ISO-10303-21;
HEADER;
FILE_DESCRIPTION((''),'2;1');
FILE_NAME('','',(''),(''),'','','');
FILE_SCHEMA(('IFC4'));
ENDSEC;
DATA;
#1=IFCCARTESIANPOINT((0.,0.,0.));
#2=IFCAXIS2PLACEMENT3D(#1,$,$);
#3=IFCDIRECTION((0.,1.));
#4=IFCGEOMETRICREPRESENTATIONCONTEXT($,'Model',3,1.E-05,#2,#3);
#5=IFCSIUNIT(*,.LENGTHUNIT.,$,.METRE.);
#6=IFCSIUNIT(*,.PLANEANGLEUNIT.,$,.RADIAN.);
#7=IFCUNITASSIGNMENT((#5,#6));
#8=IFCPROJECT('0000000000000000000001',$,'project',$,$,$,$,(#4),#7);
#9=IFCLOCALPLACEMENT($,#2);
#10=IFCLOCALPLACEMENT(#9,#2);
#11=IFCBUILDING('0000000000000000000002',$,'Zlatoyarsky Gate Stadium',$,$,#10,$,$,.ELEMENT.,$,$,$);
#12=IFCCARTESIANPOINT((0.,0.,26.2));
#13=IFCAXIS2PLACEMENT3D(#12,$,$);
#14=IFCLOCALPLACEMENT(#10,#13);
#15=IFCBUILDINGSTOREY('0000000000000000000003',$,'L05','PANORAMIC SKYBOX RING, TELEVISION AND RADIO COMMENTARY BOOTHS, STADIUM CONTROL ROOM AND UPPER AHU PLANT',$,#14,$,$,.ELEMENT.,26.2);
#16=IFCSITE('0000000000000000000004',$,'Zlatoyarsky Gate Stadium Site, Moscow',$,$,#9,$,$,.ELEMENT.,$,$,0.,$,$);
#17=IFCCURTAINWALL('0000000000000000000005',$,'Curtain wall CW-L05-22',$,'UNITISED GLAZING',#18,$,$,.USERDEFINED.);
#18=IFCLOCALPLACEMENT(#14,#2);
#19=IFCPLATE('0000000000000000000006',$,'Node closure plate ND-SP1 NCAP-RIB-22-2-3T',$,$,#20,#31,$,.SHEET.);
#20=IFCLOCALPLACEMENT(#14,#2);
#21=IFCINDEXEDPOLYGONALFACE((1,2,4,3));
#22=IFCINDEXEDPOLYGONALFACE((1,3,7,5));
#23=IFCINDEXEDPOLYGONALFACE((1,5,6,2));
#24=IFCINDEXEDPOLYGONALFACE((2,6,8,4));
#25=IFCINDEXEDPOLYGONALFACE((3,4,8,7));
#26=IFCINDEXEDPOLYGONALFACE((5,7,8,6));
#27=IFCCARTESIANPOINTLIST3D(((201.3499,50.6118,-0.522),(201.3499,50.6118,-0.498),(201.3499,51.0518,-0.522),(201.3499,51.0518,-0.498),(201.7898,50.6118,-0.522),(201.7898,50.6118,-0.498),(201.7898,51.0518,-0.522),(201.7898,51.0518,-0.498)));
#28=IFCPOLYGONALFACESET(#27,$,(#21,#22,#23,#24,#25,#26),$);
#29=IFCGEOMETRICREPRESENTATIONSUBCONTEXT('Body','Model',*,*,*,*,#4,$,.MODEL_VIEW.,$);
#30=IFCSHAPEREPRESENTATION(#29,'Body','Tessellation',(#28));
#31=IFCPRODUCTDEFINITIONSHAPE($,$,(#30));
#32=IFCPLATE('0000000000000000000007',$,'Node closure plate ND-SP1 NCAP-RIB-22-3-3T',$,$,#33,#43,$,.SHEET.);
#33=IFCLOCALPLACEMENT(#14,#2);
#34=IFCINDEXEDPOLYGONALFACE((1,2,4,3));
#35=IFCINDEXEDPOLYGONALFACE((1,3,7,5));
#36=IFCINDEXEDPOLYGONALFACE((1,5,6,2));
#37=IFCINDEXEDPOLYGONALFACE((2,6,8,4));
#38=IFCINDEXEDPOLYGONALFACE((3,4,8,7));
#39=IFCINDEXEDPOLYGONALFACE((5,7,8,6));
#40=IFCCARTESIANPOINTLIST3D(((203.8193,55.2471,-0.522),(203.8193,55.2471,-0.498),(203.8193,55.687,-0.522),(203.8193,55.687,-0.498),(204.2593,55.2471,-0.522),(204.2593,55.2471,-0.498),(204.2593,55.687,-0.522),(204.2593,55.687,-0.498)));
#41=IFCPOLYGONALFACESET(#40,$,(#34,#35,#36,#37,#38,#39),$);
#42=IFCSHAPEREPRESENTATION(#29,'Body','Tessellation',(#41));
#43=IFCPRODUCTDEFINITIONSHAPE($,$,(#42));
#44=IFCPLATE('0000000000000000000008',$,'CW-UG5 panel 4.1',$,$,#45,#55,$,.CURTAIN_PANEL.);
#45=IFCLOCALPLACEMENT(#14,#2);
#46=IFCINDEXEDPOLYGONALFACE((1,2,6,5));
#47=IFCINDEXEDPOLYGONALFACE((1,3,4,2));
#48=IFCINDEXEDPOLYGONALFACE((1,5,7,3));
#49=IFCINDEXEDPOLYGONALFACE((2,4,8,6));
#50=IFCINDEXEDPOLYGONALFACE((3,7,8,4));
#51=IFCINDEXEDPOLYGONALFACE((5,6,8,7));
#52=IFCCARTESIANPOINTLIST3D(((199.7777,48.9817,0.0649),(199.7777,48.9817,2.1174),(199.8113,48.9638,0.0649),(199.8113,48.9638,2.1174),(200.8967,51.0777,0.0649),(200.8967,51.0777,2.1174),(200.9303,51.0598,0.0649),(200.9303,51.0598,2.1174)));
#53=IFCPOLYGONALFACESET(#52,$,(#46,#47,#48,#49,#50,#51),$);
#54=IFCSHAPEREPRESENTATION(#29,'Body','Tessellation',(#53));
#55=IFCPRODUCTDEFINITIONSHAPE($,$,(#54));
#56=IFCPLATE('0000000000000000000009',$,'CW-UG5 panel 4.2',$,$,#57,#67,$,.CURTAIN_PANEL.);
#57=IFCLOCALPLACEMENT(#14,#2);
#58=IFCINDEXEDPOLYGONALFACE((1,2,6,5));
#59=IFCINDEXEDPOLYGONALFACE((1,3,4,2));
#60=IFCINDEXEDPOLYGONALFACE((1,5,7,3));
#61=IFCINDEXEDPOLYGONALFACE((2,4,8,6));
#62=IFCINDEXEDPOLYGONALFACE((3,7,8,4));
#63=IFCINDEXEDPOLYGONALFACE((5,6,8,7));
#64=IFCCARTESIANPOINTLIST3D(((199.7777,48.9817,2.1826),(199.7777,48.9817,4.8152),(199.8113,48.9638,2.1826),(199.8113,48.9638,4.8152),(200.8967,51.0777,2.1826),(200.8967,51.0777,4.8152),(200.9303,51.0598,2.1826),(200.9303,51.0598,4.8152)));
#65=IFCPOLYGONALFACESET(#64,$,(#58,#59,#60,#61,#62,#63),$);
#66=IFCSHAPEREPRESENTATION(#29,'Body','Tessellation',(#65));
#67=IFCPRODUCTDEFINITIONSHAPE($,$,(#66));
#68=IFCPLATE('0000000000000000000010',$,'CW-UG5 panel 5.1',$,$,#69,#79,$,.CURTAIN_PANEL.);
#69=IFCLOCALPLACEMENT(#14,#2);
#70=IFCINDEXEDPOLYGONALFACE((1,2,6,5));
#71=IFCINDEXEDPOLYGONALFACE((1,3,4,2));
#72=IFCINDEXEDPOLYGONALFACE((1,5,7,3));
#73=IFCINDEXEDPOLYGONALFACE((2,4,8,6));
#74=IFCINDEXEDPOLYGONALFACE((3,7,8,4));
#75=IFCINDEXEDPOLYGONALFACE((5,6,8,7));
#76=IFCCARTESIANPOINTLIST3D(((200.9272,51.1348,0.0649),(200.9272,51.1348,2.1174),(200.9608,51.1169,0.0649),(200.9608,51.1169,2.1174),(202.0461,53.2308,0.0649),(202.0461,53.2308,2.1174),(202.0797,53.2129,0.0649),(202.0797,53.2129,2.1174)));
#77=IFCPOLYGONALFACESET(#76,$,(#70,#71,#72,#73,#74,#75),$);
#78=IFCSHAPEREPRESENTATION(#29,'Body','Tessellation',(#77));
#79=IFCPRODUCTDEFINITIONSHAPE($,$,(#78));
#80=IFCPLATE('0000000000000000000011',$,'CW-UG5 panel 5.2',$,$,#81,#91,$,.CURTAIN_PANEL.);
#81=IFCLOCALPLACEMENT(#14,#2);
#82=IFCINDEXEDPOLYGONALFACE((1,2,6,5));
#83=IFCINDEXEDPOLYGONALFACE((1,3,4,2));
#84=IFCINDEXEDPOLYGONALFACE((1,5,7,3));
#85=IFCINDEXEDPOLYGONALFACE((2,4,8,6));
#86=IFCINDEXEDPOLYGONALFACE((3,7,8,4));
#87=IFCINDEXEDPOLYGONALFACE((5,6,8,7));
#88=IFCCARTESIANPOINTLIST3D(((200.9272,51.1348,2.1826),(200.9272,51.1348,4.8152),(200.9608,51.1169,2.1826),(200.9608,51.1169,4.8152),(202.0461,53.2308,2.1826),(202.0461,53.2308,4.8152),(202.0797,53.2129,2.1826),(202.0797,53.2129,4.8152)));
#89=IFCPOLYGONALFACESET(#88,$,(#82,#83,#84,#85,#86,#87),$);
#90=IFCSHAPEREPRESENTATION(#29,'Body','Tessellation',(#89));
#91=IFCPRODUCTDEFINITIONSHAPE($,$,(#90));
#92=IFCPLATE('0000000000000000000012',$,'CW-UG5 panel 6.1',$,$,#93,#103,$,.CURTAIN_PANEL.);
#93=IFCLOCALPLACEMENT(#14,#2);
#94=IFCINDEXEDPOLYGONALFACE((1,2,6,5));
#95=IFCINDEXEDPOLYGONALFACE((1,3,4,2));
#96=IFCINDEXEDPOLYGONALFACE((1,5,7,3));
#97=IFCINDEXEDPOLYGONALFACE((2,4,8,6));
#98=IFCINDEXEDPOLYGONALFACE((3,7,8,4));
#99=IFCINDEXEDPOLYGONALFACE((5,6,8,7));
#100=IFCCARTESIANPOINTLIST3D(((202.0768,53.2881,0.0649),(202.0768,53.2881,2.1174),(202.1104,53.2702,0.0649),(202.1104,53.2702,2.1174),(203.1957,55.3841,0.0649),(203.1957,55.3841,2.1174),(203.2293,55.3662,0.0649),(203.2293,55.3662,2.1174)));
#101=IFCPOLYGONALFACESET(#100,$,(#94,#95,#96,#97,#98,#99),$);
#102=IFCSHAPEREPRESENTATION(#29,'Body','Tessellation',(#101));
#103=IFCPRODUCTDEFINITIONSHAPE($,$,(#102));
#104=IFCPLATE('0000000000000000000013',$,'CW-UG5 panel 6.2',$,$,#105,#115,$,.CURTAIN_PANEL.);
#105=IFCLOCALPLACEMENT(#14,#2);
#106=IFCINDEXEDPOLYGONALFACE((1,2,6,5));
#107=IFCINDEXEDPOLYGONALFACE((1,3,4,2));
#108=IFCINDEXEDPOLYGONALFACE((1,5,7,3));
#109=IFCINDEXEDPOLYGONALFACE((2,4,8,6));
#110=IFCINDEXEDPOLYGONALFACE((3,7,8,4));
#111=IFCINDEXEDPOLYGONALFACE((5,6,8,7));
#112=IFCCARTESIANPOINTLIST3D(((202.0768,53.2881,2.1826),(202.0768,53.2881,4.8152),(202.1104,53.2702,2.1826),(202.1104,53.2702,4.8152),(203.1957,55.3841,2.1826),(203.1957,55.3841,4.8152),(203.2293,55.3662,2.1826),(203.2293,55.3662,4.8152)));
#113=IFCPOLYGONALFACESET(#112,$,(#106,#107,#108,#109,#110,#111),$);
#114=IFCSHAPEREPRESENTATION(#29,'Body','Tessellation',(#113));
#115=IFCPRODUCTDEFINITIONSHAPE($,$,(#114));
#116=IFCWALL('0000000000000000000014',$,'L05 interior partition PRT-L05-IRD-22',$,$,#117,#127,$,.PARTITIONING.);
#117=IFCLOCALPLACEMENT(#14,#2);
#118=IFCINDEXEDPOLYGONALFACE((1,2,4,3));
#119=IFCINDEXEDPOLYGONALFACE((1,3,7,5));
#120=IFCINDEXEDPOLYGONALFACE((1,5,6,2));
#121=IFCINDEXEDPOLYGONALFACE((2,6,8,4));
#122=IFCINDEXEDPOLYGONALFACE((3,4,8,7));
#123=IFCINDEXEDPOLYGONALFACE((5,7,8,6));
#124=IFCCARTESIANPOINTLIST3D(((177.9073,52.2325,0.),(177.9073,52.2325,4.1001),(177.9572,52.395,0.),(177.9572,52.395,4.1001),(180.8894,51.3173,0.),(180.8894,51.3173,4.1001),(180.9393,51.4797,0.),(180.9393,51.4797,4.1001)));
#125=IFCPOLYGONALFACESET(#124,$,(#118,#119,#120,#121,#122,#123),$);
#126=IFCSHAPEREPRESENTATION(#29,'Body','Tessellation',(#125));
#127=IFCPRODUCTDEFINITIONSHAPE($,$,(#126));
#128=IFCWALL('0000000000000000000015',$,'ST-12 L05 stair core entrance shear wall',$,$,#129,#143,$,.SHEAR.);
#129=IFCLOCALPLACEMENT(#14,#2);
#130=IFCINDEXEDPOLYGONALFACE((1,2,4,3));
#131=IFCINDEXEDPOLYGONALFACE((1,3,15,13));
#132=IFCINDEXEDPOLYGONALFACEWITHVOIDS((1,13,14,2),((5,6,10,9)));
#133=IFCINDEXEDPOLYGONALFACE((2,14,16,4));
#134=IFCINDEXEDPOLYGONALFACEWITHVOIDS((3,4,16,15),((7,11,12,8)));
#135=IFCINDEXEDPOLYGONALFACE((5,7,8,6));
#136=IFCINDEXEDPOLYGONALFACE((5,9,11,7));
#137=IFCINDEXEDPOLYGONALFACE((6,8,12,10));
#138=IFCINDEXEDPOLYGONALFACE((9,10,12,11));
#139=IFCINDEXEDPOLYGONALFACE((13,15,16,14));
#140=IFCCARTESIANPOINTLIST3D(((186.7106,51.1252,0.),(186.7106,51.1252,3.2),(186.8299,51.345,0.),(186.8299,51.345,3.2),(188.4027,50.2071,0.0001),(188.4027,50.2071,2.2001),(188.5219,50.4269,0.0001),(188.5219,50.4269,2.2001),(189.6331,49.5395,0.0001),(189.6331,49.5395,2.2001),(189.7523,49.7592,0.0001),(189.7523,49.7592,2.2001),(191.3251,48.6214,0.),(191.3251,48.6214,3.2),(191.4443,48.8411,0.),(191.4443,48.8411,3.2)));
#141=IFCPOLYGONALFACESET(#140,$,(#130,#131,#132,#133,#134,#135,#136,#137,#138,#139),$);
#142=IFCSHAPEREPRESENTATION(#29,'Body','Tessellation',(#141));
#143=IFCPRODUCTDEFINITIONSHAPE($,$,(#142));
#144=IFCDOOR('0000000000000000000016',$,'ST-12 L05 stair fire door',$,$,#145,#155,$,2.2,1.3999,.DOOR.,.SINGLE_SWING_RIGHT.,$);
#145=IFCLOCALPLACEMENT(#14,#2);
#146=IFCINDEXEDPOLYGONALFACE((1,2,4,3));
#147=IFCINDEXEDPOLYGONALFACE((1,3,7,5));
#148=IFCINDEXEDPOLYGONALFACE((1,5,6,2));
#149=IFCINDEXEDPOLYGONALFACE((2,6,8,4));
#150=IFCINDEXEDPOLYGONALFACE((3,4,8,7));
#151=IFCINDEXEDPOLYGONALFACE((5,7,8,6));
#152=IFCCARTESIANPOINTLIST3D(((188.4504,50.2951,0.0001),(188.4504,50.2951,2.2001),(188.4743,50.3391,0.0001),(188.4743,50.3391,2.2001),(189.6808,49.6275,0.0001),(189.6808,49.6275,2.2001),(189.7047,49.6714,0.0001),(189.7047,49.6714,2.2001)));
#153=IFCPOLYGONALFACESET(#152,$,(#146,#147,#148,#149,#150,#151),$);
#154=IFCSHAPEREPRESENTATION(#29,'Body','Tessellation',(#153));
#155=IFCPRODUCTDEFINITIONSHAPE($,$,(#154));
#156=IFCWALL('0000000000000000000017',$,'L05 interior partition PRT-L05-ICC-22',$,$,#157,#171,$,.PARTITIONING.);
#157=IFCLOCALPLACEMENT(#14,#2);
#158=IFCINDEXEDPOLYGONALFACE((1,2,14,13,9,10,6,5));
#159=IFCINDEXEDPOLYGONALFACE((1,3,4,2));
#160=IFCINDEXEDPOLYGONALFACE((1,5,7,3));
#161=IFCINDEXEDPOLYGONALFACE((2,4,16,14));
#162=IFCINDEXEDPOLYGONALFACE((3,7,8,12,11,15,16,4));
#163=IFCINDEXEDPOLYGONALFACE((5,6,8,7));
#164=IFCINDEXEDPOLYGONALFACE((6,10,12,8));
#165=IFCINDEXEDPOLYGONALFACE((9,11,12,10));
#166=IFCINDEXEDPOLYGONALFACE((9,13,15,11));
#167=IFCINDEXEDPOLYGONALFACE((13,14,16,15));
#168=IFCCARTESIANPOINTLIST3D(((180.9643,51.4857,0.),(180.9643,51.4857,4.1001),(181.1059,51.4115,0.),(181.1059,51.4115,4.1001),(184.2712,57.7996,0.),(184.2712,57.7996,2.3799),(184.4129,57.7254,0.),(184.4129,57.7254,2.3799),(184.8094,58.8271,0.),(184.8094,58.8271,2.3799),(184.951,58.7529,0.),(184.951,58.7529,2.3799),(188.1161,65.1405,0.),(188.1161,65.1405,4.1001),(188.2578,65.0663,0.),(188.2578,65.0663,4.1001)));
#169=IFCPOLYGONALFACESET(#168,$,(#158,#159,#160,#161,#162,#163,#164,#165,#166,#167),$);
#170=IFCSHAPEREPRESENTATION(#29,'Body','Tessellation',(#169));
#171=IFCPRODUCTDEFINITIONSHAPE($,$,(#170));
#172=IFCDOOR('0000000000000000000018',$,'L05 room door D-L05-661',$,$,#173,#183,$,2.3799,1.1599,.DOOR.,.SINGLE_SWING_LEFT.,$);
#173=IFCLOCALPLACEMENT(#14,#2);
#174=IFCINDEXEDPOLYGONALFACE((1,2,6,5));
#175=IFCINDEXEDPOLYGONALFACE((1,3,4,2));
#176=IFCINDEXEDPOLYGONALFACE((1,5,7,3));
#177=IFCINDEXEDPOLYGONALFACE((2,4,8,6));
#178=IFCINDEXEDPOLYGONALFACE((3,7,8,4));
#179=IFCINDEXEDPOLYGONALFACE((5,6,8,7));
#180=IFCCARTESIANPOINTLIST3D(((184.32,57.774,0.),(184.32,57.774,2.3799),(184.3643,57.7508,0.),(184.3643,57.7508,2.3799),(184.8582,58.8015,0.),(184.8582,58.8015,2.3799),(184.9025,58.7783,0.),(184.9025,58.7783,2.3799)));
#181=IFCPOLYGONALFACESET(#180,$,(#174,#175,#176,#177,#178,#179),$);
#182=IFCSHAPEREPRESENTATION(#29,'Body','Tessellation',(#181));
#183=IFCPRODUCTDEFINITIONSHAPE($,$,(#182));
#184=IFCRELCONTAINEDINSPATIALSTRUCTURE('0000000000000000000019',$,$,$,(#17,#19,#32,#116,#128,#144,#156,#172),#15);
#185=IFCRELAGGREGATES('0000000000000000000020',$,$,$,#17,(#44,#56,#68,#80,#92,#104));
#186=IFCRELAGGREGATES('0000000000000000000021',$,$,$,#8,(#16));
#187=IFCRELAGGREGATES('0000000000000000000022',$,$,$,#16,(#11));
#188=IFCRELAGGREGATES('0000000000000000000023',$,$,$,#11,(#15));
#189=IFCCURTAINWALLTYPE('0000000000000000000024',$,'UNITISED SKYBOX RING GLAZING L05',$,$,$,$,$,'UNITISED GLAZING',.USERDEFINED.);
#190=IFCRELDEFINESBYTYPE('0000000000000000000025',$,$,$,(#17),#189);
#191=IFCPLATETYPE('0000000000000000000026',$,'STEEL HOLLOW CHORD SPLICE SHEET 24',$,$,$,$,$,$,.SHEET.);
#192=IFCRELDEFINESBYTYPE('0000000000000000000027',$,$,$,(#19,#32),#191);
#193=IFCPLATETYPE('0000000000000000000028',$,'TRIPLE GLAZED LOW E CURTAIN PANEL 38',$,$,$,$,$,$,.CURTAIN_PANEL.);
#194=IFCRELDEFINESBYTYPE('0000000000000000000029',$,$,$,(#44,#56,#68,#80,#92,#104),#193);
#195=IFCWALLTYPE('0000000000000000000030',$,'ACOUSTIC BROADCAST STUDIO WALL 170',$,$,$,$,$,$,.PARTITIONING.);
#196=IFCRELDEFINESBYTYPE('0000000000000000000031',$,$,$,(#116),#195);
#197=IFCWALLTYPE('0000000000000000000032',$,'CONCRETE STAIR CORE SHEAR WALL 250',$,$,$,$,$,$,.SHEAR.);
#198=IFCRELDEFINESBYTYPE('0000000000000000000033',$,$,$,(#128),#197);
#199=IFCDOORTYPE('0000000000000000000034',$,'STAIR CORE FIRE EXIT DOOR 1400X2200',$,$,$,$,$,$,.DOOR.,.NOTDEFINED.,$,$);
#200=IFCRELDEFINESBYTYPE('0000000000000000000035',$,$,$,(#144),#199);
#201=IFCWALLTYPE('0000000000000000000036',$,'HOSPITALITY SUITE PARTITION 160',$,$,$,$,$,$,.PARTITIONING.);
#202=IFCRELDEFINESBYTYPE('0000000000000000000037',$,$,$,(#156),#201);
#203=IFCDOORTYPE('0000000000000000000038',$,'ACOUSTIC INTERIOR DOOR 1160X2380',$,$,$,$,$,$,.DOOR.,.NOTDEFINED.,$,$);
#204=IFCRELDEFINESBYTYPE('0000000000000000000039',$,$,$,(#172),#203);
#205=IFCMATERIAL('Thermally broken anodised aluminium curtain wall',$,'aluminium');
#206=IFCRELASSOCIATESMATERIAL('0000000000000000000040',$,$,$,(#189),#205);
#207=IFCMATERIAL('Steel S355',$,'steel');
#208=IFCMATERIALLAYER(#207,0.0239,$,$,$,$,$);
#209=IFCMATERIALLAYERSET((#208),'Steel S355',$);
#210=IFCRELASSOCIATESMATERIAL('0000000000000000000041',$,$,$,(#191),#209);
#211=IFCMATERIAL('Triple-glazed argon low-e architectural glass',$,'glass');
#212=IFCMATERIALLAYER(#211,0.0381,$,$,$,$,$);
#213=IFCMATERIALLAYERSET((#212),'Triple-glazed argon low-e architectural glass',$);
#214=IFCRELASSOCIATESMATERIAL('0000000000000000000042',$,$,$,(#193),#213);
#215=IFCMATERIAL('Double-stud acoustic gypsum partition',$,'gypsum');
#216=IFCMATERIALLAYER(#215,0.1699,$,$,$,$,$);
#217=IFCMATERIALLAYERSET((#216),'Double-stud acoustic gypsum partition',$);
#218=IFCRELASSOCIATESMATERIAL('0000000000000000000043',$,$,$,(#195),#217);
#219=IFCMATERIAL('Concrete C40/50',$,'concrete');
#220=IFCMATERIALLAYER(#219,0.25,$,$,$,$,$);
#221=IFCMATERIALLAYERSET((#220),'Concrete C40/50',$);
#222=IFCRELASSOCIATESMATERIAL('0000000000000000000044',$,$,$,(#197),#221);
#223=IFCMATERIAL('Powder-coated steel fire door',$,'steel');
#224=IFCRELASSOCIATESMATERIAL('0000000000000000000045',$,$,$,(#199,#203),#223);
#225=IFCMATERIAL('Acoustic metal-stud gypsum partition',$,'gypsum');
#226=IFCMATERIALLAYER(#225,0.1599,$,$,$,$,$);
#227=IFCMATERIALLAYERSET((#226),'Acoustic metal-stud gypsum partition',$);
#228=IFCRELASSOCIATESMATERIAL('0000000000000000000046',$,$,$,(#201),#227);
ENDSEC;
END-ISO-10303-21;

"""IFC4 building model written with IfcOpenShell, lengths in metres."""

from ifc_helpers import new_model, si_unit, direction, frame, frame_2d, origin, origin_2d, place, context, subcontext, project, spatial, rectangle, extrude, material, layer, layer_set, type_object, element, fill, aggregate, save


model = new_model("IFC4")

# Units and contexts
model_context = context("Model", 3, precision=1e-05, world=origin(), true_north=direction((0.0, 1.0)))
body_context = subcontext(model_context, "Body", "Model", "MODEL_VIEW")
ifc_project = project(units=[si_unit("LENGTHUNIT", "METRE"), si_unit("PLANEANGLEUNIT", "RADIAN")], contexts=[model_context])

# Site, building, storey
site_placement = place(None, origin())
site = spatial("IfcSite", under=ifc_project, at=site_placement, Name="Zlatoyarsky Gate Stadium Site, Moscow", CompositionType="ELEMENT", RefElevation=0.0)
building_placement = place(site_placement, origin())
building = spatial("IfcBuilding", under=site, at=building_placement, Name="Zlatoyarsky Gate Stadium", CompositionType="ELEMENT")
storey_placement = place(building_placement, frame((0.0, 0.0, 26.2)))
storey = spatial("IfcBuildingStorey", under=building, at=storey_placement, Name="L05", Description="PANORAMIC SKYBOX RING, TELEVISION AND RADIO COMMENTARY BOOTHS, STADIUM CONTROL ROOM AND UPPER AHU PLANT", CompositionType="ELEMENT", Elevation=26.2)

# Shared definitions
ifc_material_1 = material(Name="Steel S355", Category="steel")

# Curtain wall
ifc_material_2 = material(Name="Thermally broken anodised aluminium curtain wall", Category="aluminium")
curtain_wall_type = type_object("IfcCurtainWallType", Name="UNITISED SKYBOX RING GLAZING L05", ElementType="UNITISED GLAZING", PredefinedType="USERDEFINED", material=ifc_material_2)
curtain_wall_placement = place(storey_placement, origin())
curtain_wall = element("IfcCurtainWall", 1, at=curtain_wall_placement, inside=storey, type_object=curtain_wall_type, Name="Curtain wall CW-L05-22", ObjectType="UNITISED GLAZING", PredefinedType="USERDEFINED")

# Plates
ifc_layer_1 = layer(ifc_material_1, 0.0239)
ifc_layer_set_1 = layer_set([ifc_layer_1], Name="Steel S355")
plate_type_1 = type_object("IfcPlateType", Name="STEEL HOLLOW CHORD SPLICE SHEET 24", PredefinedType="SHEET", material=ifc_layer_set_1)
for number, where, z_axis, x_axis, name in (
    (2, (201.5698, 50.8318, -0.522), (0.0, 0.0, 1.0), (1.0, 0.0, 0.0), "Node closure plate ND-SP1 NCAP-RIB-22-2-3T"),
    (3, (204.0393, 55.467, -0.522), (0.0, 0.0, 1.0), (1.0, 0.0, 0.0), "Node closure plate ND-SP1 NCAP-RIB-22-3-3T"),
):
    element("IfcPlate", number, at=place(storey_placement, frame(where, z_axis=z_axis, x_axis=x_axis)), inside=storey, type_object=plate_type_1, Name=name, PredefinedType="SHEET", context=body_context, shape_type="SweptSolid", body=[
        extrude(rectangle(XDim=0.4399, YDim=0.4399, at=origin_2d()), origin(), (0.0, 0.0, 1.0), 0.0239),
    ])

# Plates
ifc_material_3 = material(Name="Triple-glazed argon low-e architectural glass", Category="glass")
ifc_layer_2 = layer(ifc_material_3, 0.0381)
ifc_layer_set_2 = layer_set([ifc_layer_2], Name="Triple-glazed argon low-e architectural glass")
plate_type_2 = type_object("IfcPlateType", Name="TRIPLE GLAZED LOW E CURTAIN PANEL 38", PredefinedType="CURTAIN_PANEL", material=ifc_layer_set_2)
plate_1_placement = place(storey_placement, frame((200.354, 50.0208, 0.0649), z_axis=(0.0, 0.0, 1.0), x_axis=(0.470935, 0.882168, 0.0)))
plate_1 = element("IfcPlate", 4, at=plate_1_placement, type_object=plate_type_2, Name="CW-UG5 panel 4.1", PredefinedType="CURTAIN_PANEL", context=body_context, shape_type="SweptSolid", body=[
    extrude(rectangle(XDim=2.376, YDim=0.0381, at=origin_2d()), origin(), (0.0, 0.0, 1.0), 2.0525),
])
plate_2_placement = place(storey_placement, frame((200.354, 50.0208, 2.1826), z_axis=(0.0, 0.0, 1.0), x_axis=(0.470935, 0.882168, 0.0)))
plate_2 = element("IfcPlate", 5, at=plate_2_placement, type_object=plate_type_2, Name="CW-UG5 panel 4.2", PredefinedType="CURTAIN_PANEL", context=body_context, shape_type="SweptSolid", body=[
    extrude(rectangle(XDim=2.376, YDim=0.0381, at=origin_2d()), origin(), (0.0, 0.0, 1.0), 2.6326),
])
plate_3_placement = place(storey_placement, frame((201.5034, 52.1738, 0.0649), z_axis=(0.0, 0.0, 1.0), x_axis=(0.470935, 0.882168, 0.0)))
plate_3 = element("IfcPlate", 6, at=plate_3_placement, type_object=plate_type_2, Name="CW-UG5 panel 5.1", PredefinedType="CURTAIN_PANEL", context=body_context, shape_type="SweptSolid", body=[
    extrude(rectangle(XDim=2.376, YDim=0.0381, at=origin_2d()), origin(), (0.0, 0.0, 1.0), 2.0525),
])
plate_4_placement = place(storey_placement, frame((201.5034, 52.1738, 2.1826), z_axis=(0.0, 0.0, 1.0), x_axis=(0.470935, 0.882168, 0.0)))
plate_4 = element("IfcPlate", 7, at=plate_4_placement, type_object=plate_type_2, Name="CW-UG5 panel 5.2", PredefinedType="CURTAIN_PANEL", context=body_context, shape_type="SweptSolid", body=[
    extrude(rectangle(XDim=2.376, YDim=0.0381, at=origin_2d()), origin(), (0.0, 0.0, 1.0), 2.6326),
])
plate_5_placement = place(storey_placement, frame((202.6531, 54.3271, 0.0649), z_axis=(0.0, 0.0, 1.0), x_axis=(0.470935, 0.882168, 0.0)))
plate_5 = element("IfcPlate", 8, at=plate_5_placement, type_object=plate_type_2, Name="CW-UG5 panel 6.1", PredefinedType="CURTAIN_PANEL", context=body_context, shape_type="SweptSolid", body=[
    extrude(rectangle(XDim=2.376, YDim=0.0381, at=origin_2d()), origin(), (0.0, 0.0, 1.0), 2.0525),
])
plate_6_placement = place(storey_placement, frame((202.6531, 54.3271, 2.1826), z_axis=(0.0, 0.0, 1.0), x_axis=(0.470935, 0.882168, 0.0)))
plate_6 = element("IfcPlate", 9, at=plate_6_placement, type_object=plate_type_2, Name="CW-UG5 panel 6.2", PredefinedType="CURTAIN_PANEL", context=body_context, shape_type="SweptSolid", body=[
    extrude(rectangle(XDim=2.376, YDim=0.0381, at=origin_2d()), origin(), (0.0, 0.0, 1.0), 2.6326),
])
aggregate(curtain_wall, [plate_1, plate_2, plate_3, plate_4, plate_5, plate_6])

# Wall
ifc_material_4 = material(Name="Double-stud acoustic gypsum partition", Category="gypsum")
ifc_layer_3 = layer(ifc_material_4, 0.1699)
ifc_layer_set_3 = layer_set([ifc_layer_3], Name="Double-stud acoustic gypsum partition")
wall_type_1 = type_object("IfcWallType", Name="ACOUSTIC BROADCAST STUDIO WALL 170", PredefinedType="PARTITIONING", material=ifc_layer_set_3)
wall_1_placement = place(storey_placement, frame((177.9324, 52.3137, 0.0), z_axis=(0.0, 0.0, 1.0), x_axis=(0.955987, -0.293409, 0.0)))
element("IfcWall", 10, at=wall_1_placement, inside=storey, type_object=wall_type_1, Name="L05 interior partition PRT-L05-IRD-22", PredefinedType="PARTITIONING", context=body_context, shape_type="SweptSolid", body=[
    extrude(rectangle(XDim=3.1194, YDim=0.1699, at=frame_2d((1.5596, 0.0))), origin(), (0.0, 0.0, 1.0), 4.1001),
])

# Walls, openings, doors
ifc_material_5 = material(Name="Concrete C40/50", Category="concrete")
ifc_layer_4 = layer(ifc_material_5, 0.25)
ifc_layer_set_4 = layer_set([ifc_layer_4], Name="Concrete C40/50")
wall_type_2 = type_object("IfcWallType", Name="CONCRETE STAIR CORE SHEAR WALL 250", PredefinedType="SHEAR", material=ifc_layer_set_4)
wall_2_placement = place(storey_placement, frame((186.7703, 51.2351, 0.0), z_axis=(0.0, 0.0, 1.0), x_axis=(0.878942, -0.476929, 0.0)))
wall_2 = element("IfcWall", 11, at=wall_2_placement, inside=storey, type_object=wall_type_2, Name="ST-12 L05 stair core entrance shear wall", PredefinedType="SHEAR", context=body_context, shape_type="SweptSolid", body=[
    extrude(rectangle(XDim=5.25, YDim=0.25, at=frame_2d((2.625, 0.0))), origin(), (0.0, 0.0, 1.0), 3.2),
])
opening_1_placement = place(wall_2_placement, frame((1.925, 0.0, 0.0)))
opening_1 = element("IfcOpeningElement", 12, at=opening_1_placement, cuts=wall_2, PredefinedType="OPENING", context=body_context, shape_type="SweptSolid", body=[
    extrude(rectangle(XDim=1.3999, YDim=2.2, at=frame_2d((0.7, 1.1001))), frame((0.0, 0.135, 0.0), z_axis=(0.0, -1.0, 0.0), x_axis=(1.0, 0.0, 0.0)), (0.0, 0.0, 1.0), 0.27),
])
ifc_material_6 = material(Name="Powder-coated steel fire door", Category="steel")
door_type_1 = type_object("IfcDoorType", Name="STAIR CORE FIRE EXIT DOOR 1400X2200", OperationType="NOTDEFINED", PredefinedType="DOOR", material=ifc_material_6)
door_1_placement = place(opening_1_placement, frame((1.3999, 0.0, 0.0), z_axis=(0.0, 0.0, 1.0), x_axis=(-1.0, 0.0, 0.0)))
door_1 = element("IfcDoor", 13, at=door_1_placement, inside=storey, type_object=door_type_1, Name="ST-12 L05 stair fire door", OperationType="SINGLE_SWING_RIGHT", OverallHeight=2.2, OverallWidth=1.3999, PredefinedType="DOOR", context=body_context, shape_type="SweptSolid", body=[
    extrude(rectangle(XDim=1.3999, YDim=2.2, at=frame_2d((0.7, 1.1001))), frame((0.0, 0.0249, 0.0), z_axis=(0.0, -1.0, 0.0), x_axis=(1.0, 0.0, 0.0)), (0.0, 0.0, 1.0), 0.05),
])
fill(opening_1, door_1)
ifc_material_7 = material(Name="Acoustic metal-stud gypsum partition", Category="gypsum")
ifc_layer_5 = layer(ifc_material_7, 0.1599)
ifc_layer_set_5 = layer_set([ifc_layer_5], Name="Acoustic metal-stud gypsum partition")
wall_type_3 = type_object("IfcWallType", Name="HOSPITALITY SUITE PARTITION 160", PredefinedType="PARTITIONING", material=ifc_layer_set_5)
wall_3_placement = place(storey_placement, frame((181.0352, 51.4487, 0.0), z_axis=(0.0, 0.0, 1.0), x_axis=(0.463974, 0.885849, 0.0)))
wall_3 = element("IfcWall", 14, at=wall_3_placement, inside=storey, type_object=wall_type_3, Name="L05 interior partition PRT-L05-ICC-22", PredefinedType="PARTITIONING", context=body_context, shape_type="SweptSolid", body=[
    extrude(rectangle(XDim=15.4143, YDim=0.1599, at=frame_2d((7.707, 0.0))), origin(), (0.0, 0.0, 1.0), 4.1001),
])
opening_2_placement = place(wall_3_placement, frame((7.1272, 0.0, 0.0)))
opening_2 = element("IfcOpeningElement", 15, at=opening_2_placement, cuts=wall_3, PredefinedType="OPENING", context=body_context, shape_type="SweptSolid", body=[
    extrude(rectangle(XDim=1.1599, YDim=2.3799, at=frame_2d((0.5801, 1.1899))), frame((0.0, 0.0898, 0.0), z_axis=(0.0, -1.0, 0.0), x_axis=(1.0, 0.0, 0.0)), (0.0, 0.0, 1.0), 0.1799),
])
door_type_2 = type_object("IfcDoorType", Name="ACOUSTIC INTERIOR DOOR 1160X2380", OperationType="NOTDEFINED", PredefinedType="DOOR", material=ifc_material_6)
door_2_placement = place(opening_2_placement, origin())
door_2 = element("IfcDoor", 16, at=door_2_placement, inside=storey, type_object=door_type_2, Name="L05 room door D-L05-661", OperationType="SINGLE_SWING_LEFT", OverallHeight=2.3799, OverallWidth=1.1599, PredefinedType="DOOR", context=body_context, shape_type="SweptSolid", body=[
    extrude(rectangle(XDim=1.1599, YDim=2.3799, at=frame_2d((0.5801, 1.1899))), frame((0.0, 0.0249, 0.0), z_axis=(0.0, -1.0, 0.0), x_axis=(1.0, 0.0, 0.0)), (0.0, 0.0, 1.0), 0.05),
])
fill(opening_2, door_2)

save(model, "model.ifc")
